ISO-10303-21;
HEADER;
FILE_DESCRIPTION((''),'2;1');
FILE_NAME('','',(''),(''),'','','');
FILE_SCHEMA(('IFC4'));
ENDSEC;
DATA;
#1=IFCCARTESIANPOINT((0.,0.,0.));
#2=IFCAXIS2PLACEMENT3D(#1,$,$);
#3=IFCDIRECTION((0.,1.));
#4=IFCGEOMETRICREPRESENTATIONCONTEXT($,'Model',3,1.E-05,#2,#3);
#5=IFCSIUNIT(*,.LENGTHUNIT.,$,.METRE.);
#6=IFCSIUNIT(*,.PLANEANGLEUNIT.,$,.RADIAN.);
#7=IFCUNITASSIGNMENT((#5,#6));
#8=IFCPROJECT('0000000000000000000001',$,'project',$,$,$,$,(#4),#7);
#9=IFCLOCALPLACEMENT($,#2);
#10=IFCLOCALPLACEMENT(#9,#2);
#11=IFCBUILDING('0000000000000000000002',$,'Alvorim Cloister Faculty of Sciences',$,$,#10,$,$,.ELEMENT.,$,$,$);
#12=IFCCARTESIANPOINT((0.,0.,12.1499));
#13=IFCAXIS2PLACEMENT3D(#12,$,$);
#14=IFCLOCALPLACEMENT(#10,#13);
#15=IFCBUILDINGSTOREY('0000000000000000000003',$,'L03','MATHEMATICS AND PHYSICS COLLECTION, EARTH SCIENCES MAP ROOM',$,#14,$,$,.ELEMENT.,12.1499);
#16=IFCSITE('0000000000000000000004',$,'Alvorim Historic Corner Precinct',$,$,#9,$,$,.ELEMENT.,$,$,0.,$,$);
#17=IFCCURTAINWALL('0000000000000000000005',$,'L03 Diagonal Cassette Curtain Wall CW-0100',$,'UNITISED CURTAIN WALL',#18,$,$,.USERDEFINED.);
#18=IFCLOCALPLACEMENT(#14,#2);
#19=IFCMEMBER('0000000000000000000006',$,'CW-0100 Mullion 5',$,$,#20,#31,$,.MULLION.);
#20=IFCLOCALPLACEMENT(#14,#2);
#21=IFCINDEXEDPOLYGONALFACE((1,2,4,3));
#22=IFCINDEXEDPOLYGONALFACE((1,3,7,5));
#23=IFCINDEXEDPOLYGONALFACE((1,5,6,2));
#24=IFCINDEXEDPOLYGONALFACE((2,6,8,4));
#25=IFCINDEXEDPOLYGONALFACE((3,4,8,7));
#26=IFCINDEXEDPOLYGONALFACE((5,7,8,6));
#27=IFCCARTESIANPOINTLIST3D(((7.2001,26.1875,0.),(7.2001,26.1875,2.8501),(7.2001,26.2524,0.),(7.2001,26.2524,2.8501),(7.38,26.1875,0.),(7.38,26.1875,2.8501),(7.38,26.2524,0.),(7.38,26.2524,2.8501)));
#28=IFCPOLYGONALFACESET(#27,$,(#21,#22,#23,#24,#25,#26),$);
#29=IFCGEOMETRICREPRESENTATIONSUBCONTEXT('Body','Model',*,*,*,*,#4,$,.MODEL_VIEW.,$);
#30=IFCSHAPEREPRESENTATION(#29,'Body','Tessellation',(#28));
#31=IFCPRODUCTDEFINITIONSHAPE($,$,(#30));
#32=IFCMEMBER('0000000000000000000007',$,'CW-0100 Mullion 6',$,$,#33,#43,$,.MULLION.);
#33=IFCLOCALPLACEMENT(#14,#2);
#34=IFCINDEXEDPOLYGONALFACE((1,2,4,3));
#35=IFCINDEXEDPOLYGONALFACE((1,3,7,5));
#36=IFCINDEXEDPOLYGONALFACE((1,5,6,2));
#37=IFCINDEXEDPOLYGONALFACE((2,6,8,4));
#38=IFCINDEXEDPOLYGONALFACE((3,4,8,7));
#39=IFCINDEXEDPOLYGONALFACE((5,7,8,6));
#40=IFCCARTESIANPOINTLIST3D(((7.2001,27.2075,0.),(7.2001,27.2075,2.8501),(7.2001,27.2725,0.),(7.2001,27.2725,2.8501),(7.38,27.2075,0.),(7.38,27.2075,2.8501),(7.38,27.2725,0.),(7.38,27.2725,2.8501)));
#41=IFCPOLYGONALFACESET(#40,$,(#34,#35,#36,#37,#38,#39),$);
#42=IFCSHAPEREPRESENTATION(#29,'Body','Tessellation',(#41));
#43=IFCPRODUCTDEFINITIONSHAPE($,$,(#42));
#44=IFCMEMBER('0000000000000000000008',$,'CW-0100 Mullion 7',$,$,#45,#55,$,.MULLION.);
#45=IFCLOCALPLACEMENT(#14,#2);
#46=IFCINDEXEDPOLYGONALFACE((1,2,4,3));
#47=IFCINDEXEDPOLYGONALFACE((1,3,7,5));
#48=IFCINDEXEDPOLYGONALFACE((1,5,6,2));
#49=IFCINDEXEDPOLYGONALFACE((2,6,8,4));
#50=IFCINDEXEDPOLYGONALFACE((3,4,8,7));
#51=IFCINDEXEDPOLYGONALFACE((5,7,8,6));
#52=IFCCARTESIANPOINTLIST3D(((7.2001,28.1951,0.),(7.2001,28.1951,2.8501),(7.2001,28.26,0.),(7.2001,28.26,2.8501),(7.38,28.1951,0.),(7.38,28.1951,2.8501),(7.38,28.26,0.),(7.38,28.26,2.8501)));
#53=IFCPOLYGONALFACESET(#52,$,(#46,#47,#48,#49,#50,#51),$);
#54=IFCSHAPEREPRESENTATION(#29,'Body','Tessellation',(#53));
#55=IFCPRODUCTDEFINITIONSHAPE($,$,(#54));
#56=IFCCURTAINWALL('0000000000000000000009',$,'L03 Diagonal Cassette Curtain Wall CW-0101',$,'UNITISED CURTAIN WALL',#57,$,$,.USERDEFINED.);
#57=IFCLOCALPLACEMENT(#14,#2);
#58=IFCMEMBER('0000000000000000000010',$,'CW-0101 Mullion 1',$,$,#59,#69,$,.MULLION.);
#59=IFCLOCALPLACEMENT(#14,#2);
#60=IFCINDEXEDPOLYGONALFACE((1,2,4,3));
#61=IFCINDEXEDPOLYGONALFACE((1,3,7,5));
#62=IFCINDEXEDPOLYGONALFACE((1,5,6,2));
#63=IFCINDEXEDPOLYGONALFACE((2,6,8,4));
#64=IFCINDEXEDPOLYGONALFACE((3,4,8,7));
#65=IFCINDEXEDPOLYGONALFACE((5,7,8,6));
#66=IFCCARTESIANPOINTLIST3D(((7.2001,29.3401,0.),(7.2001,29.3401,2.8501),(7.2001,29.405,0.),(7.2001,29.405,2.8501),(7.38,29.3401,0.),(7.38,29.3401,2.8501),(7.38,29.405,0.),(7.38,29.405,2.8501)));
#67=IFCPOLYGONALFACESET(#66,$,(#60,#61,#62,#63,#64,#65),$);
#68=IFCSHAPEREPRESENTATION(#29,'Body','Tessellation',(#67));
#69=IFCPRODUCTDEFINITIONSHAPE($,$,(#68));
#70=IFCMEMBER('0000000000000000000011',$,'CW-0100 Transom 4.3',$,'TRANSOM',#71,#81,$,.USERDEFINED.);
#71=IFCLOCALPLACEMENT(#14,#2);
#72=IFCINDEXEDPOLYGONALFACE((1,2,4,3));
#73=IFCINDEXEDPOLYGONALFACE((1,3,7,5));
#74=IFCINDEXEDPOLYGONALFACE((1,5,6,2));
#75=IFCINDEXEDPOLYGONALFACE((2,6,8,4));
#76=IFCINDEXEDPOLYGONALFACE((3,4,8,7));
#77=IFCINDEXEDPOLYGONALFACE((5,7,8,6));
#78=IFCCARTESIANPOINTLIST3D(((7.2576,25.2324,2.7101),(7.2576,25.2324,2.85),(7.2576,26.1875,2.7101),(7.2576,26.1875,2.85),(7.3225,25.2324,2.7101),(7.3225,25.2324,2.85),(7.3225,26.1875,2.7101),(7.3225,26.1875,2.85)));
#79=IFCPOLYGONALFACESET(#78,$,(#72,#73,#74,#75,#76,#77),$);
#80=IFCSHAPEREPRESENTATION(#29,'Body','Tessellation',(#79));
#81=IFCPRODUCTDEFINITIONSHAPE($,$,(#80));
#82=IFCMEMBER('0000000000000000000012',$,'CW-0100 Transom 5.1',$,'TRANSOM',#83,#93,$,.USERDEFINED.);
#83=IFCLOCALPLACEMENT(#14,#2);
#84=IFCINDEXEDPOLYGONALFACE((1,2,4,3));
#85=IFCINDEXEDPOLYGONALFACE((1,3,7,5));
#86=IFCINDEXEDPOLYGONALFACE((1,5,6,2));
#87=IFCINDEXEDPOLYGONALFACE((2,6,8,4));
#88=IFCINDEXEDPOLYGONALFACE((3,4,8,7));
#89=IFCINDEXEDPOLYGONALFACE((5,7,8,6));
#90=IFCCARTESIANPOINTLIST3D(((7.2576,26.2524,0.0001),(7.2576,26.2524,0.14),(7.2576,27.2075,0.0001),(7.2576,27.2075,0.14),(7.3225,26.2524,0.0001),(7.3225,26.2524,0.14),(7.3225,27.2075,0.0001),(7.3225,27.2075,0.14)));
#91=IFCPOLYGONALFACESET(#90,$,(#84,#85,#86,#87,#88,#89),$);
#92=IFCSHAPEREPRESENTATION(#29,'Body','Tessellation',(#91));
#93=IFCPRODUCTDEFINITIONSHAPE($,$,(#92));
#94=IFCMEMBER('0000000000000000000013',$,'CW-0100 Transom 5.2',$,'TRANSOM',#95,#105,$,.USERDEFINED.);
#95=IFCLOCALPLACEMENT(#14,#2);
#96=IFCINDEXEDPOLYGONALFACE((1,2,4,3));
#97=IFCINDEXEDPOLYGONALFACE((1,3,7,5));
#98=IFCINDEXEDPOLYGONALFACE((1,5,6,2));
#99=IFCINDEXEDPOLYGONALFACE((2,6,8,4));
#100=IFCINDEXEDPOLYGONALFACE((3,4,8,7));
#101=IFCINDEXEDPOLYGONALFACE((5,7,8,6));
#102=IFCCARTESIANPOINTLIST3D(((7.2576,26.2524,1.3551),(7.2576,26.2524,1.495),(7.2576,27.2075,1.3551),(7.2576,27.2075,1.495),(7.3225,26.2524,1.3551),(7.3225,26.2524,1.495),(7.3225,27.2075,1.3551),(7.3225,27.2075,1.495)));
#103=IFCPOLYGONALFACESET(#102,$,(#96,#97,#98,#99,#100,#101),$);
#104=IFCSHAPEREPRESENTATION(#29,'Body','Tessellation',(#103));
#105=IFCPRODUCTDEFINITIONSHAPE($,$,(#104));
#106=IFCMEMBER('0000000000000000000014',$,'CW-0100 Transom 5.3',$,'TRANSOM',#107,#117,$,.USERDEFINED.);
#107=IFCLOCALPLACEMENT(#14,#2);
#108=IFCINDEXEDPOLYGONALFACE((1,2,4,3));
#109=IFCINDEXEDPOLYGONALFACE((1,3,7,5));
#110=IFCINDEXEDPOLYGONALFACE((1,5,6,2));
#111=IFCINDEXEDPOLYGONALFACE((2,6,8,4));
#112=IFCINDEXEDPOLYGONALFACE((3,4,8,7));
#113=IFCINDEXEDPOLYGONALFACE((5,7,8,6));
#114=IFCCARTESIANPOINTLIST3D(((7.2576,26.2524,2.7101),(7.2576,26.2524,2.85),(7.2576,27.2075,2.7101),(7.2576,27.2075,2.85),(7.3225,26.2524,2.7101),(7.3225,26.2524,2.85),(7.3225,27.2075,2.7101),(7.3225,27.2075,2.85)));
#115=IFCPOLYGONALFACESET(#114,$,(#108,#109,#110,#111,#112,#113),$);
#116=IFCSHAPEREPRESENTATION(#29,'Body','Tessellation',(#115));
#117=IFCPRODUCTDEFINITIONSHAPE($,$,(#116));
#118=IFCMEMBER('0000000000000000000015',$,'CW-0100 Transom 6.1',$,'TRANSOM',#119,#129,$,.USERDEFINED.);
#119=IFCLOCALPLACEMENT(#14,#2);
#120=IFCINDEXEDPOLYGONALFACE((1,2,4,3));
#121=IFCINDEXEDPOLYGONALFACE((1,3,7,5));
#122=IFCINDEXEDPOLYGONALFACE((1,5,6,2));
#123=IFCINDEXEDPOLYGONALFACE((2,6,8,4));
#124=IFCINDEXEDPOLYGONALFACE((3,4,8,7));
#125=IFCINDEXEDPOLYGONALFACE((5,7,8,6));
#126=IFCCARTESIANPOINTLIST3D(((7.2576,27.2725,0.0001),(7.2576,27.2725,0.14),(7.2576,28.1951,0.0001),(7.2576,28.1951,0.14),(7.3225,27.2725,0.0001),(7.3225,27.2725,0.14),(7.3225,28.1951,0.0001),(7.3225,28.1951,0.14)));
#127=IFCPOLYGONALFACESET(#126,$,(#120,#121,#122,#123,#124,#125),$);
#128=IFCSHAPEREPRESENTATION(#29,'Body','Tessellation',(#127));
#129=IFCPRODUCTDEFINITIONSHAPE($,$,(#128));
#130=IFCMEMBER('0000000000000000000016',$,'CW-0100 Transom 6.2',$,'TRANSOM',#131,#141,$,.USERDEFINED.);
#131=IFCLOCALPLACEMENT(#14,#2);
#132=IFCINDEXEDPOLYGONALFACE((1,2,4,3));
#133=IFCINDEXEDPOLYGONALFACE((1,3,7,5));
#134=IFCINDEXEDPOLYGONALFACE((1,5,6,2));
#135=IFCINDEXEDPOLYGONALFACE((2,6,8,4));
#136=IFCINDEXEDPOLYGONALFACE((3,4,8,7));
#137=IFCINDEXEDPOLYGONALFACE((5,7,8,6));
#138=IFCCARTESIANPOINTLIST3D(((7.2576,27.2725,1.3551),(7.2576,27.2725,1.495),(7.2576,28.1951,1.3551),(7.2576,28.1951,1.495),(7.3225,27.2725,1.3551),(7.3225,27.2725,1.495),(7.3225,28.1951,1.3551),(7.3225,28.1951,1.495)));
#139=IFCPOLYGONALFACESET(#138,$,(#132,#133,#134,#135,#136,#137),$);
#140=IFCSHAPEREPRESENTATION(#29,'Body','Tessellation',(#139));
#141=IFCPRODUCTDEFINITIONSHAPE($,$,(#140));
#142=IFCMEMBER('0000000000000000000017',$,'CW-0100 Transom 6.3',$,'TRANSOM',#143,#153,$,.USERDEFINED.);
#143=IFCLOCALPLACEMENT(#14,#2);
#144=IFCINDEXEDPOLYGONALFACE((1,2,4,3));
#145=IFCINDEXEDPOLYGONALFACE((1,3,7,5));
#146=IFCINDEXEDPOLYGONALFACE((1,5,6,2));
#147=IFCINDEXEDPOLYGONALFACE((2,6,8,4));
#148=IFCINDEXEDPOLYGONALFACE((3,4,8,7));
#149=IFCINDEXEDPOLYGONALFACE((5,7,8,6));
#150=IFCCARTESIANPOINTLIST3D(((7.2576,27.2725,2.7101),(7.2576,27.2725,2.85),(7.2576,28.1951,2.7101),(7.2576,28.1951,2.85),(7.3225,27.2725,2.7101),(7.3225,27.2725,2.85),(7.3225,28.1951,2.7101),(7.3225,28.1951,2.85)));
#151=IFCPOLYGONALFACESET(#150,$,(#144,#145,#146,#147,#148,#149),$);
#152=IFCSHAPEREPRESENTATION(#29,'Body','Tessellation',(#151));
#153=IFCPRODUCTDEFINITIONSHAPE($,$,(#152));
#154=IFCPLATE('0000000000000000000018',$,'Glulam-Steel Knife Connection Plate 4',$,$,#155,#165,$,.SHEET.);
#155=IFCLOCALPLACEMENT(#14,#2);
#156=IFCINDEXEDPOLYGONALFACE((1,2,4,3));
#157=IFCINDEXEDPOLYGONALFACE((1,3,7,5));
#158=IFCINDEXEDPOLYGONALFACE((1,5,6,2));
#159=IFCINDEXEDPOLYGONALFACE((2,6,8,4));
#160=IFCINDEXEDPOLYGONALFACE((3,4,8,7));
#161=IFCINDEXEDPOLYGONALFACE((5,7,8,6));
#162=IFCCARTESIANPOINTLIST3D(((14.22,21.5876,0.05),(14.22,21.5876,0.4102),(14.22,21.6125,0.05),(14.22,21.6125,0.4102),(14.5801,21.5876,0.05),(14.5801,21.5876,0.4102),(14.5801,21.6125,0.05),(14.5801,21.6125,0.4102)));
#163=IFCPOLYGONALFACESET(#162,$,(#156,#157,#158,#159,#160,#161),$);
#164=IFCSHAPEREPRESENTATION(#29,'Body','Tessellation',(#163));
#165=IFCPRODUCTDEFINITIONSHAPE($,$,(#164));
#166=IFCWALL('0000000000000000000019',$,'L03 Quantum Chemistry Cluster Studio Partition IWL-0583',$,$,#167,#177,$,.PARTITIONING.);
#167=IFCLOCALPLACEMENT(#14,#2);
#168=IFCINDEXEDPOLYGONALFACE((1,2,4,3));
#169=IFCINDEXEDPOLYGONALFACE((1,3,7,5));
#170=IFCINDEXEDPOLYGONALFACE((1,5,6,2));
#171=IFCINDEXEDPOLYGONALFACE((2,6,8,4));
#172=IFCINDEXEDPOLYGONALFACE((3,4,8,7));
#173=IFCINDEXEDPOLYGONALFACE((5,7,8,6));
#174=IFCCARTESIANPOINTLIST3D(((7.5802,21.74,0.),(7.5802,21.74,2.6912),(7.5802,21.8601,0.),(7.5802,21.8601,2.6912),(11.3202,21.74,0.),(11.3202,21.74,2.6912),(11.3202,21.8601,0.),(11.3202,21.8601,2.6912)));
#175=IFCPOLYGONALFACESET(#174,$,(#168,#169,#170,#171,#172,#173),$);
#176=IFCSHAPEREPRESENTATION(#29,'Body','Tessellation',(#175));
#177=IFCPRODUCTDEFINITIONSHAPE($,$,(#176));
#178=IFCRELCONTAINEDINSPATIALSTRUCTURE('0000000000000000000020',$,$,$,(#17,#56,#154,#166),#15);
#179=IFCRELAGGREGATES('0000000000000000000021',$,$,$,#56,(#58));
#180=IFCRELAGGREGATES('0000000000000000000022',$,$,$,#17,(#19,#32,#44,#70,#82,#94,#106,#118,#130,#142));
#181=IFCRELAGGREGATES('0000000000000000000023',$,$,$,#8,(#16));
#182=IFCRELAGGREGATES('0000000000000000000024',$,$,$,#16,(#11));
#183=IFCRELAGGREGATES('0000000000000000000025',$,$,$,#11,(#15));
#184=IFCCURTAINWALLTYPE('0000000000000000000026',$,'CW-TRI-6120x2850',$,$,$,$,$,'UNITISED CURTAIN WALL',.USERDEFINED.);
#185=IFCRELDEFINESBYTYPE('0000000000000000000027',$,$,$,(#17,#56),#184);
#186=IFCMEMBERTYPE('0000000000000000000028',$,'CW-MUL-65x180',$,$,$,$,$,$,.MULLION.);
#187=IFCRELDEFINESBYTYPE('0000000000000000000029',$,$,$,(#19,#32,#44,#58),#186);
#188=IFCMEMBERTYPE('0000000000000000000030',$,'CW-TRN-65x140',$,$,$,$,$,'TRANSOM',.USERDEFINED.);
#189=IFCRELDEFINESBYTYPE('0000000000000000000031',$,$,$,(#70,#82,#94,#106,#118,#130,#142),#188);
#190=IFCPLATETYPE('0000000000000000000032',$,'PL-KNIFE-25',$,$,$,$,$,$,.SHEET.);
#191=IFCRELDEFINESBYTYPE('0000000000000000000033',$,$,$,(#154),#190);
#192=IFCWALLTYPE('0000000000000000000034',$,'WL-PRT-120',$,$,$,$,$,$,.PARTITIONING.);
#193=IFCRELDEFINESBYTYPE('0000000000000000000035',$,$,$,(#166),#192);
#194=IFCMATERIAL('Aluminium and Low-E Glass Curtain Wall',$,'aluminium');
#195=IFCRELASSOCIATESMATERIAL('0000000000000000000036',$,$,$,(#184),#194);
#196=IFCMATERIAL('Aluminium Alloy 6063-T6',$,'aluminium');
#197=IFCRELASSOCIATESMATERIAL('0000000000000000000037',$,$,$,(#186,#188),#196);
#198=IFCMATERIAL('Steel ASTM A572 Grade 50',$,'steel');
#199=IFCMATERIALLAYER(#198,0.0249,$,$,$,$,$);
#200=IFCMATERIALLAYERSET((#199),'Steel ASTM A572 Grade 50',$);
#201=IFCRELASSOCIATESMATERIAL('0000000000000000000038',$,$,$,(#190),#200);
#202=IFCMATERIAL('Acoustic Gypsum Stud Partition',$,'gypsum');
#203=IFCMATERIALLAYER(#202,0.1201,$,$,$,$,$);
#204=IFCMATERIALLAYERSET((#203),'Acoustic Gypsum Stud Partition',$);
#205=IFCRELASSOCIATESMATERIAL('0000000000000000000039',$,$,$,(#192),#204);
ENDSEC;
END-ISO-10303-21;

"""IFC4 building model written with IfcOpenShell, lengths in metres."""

from ifc_helpers import new_model, si_unit, direction, frame, frame_2d, origin, origin_2d, place, context, subcontext, project, spatial, polyline, rectangle, outline, extrude, material, layer, layer_set, material_profile, profile_set, type_object, element, aggregate, save


model = new_model("IFC4")

# Units and contexts
model_context = context("Model", 3, precision=1e-05, world=origin(), true_north=direction((0.0, 1.0)))
body_context = subcontext(model_context, "Body", "Model", "MODEL_VIEW")
ifc_project = project(units=[si_unit("LENGTHUNIT", "METRE"), si_unit("PLANEANGLEUNIT", "RADIAN")], contexts=[model_context])

# Site, building, storey
site_placement = place(None, origin())
site = spatial("IfcSite", under=ifc_project, at=site_placement, Name="Alvorim Historic Corner Precinct", CompositionType="ELEMENT", RefElevation=0.0)
building_placement = place(site_placement, origin())
building = spatial("IfcBuilding", under=site, at=building_placement, Name="Alvorim Cloister Faculty of Sciences", CompositionType="ELEMENT")
storey_placement = place(building_placement, frame((0.0, 0.0, 12.1499)))
storey = spatial("IfcBuildingStorey", under=building, at=storey_placement, Name="L03", Description="MATHEMATICS AND PHYSICS COLLECTION, EARTH SCIENCES MAP ROOM", CompositionType="ELEMENT", Elevation=12.1499)

# Shared definitions
ifc_material_1 = material(Name="Steel ASTM A572 Grade 50", Category="steel")

# Curtain wall, members
ifc_material_2 = material(Name="Aluminium and Low-E Glass Curtain Wall", Category="aluminium")
curtain_wall_type = type_object("IfcCurtainWallType", Name="CW-TRI-6120x2850", ElementType="UNITISED CURTAIN WALL", PredefinedType="USERDEFINED", material=ifc_material_2)
curtain_wall_1_placement = place(storey_placement, origin())
curtain_wall_1 = element("IfcCurtainWall", 1, at=curtain_wall_1_placement, inside=storey, type_object=curtain_wall_type, Name="L03 Diagonal Cassette Curtain Wall CW-0100", ObjectType="UNITISED CURTAIN WALL", PredefinedType="USERDEFINED")
ifc_material_3 = material(Name="Aluminium Alloy 6063-T6", Category="aluminium")
ifc_material_profile_1 = material_profile(ifc_material_3, rectangle(XDim=0.0649, YDim=0.1799, at=origin_2d()), Name="ALU-MUL-65x180")
ifc_profile_set_1 = profile_set([ifc_material_profile_1], Name="Aluminium Alloy 6063-T6")
member_type_1 = type_object("IfcMemberType", Name="CW-MUL-65x180", PredefinedType="MULLION", material=ifc_profile_set_1)
member_1_placement = place(storey_placement, frame((7.29, 26.22, 0.0), z_axis=(0.0, 0.0, 1.0), x_axis=(0.0, 1.0, 0.0)))
member_1 = element("IfcMember", 2, at=member_1_placement, type_object=member_type_1, Name="CW-0100 Mullion 5", PredefinedType="MULLION", context=body_context, shape_type="SweptSolid", body=[
    extrude(rectangle(XDim=0.0649, YDim=0.1799, at=origin_2d()), origin(), (0.0, 0.0, 1.0), 2.8501),
])
member_2_placement = place(storey_placement, frame((7.29, 27.24, 0.0), z_axis=(0.0, 0.0, 1.0), x_axis=(0.0, 1.0, 0.0)))
member_2 = element("IfcMember", 3, at=member_2_placement, type_object=member_type_1, Name="CW-0100 Mullion 6", PredefinedType="MULLION", context=body_context, shape_type="SweptSolid", body=[
    extrude(rectangle(XDim=0.0649, YDim=0.1799, at=origin_2d()), origin(), (0.0, 0.0, 1.0), 2.8501),
])
member_3_placement = place(storey_placement, frame((7.29, 28.2275, 0.0), z_axis=(0.0, 0.0, 1.0), x_axis=(0.0, 1.0, 0.0)))
member_3 = element("IfcMember", 4, at=member_3_placement, type_object=member_type_1, Name="CW-0100 Mullion 7", PredefinedType="MULLION", context=body_context, shape_type="SweptSolid", body=[
    extrude(rectangle(XDim=0.0649, YDim=0.1799, at=origin_2d()), origin(), (0.0, 0.0, 1.0), 2.8501),
])

# Curtain wall, member
curtain_wall_2_placement = place(storey_placement, origin())
curtain_wall_2 = element("IfcCurtainWall", 5, at=curtain_wall_2_placement, inside=storey, type_object=curtain_wall_type, Name="L03 Diagonal Cassette Curtain Wall CW-0101", ObjectType="UNITISED CURTAIN WALL", PredefinedType="USERDEFINED")
member_4_placement = place(storey_placement, frame((7.29, 29.3726, 0.0), z_axis=(0.0, 0.0, 1.0), x_axis=(0.0, 1.0, 0.0)))
member_4 = element("IfcMember", 6, at=member_4_placement, type_object=member_type_1, Name="CW-0101 Mullion 1", PredefinedType="MULLION", context=body_context, shape_type="SweptSolid", body=[
    extrude(rectangle(XDim=0.0649, YDim=0.1799, at=origin_2d()), origin(), (0.0, 0.0, 1.0), 2.8501),
])
aggregate(curtain_wall_2, [member_4])

# Members
ifc_material_profile_2 = material_profile(ifc_material_3, rectangle(XDim=0.0649, YDim=0.1399, at=origin_2d()), Name="ALU-TRN-65x140")
ifc_profile_set_2 = profile_set([ifc_material_profile_2], Name="Aluminium Alloy 6063-T6")
member_type_2 = type_object("IfcMemberType", Name="CW-TRN-65x140", ElementType="TRANSOM", PredefinedType="USERDEFINED", material=ifc_profile_set_2)
member_5_placement = place(storey_placement, frame((7.29, 25.2324, 2.78), z_axis=(0.0, 1.0, 0.0), x_axis=(-1.0, 0.0, 0.0)))
member_5 = element("IfcMember", 7, at=member_5_placement, type_object=member_type_2, Name="CW-0100 Transom 4.3", ObjectType="TRANSOM", PredefinedType="USERDEFINED", context=body_context, shape_type="SweptSolid", body=[
    extrude(rectangle(XDim=0.0649, YDim=0.1399, at=origin_2d()), origin(), (0.0, 0.0, 1.0), 0.9551),
])
member_6_placement = place(storey_placement, frame((7.29, 26.2524, 0.0701), z_axis=(0.0, 1.0, 0.0), x_axis=(-1.0, 0.0, 0.0)))
member_6 = element("IfcMember", 8, at=member_6_placement, type_object=member_type_2, Name="CW-0100 Transom 5.1", ObjectType="TRANSOM", PredefinedType="USERDEFINED", context=body_context, shape_type="SweptSolid", body=[
    extrude(rectangle(XDim=0.0649, YDim=0.1399, at=origin_2d()), origin(), (0.0, 0.0, 1.0), 0.9551),
])
member_7_placement = place(storey_placement, frame((7.29, 26.2524, 1.425), z_axis=(0.0, 1.0, 0.0), x_axis=(-1.0, 0.0, 0.0)))
member_7 = element("IfcMember", 9, at=member_7_placement, type_object=member_type_2, Name="CW-0100 Transom 5.2", ObjectType="TRANSOM", PredefinedType="USERDEFINED", context=body_context, shape_type="SweptSolid", body=[
    extrude(rectangle(XDim=0.0649, YDim=0.1399, at=origin_2d()), origin(), (0.0, 0.0, 1.0), 0.9551),
])
member_8_placement = place(storey_placement, frame((7.29, 26.2524, 2.78), z_axis=(0.0, 1.0, 0.0), x_axis=(-1.0, 0.0, 0.0)))
member_8 = element("IfcMember", 10, at=member_8_placement, type_object=member_type_2, Name="CW-0100 Transom 5.3", ObjectType="TRANSOM", PredefinedType="USERDEFINED", context=body_context, shape_type="SweptSolid", body=[
    extrude(rectangle(XDim=0.0649, YDim=0.1399, at=origin_2d()), origin(), (0.0, 0.0, 1.0), 0.9551),
])
member_9_placement = place(storey_placement, frame((7.29, 27.2725, 0.0701), z_axis=(0.0, 1.0, 0.0), x_axis=(-1.0, 0.0, 0.0)))
member_9 = element("IfcMember", 11, at=member_9_placement, type_object=member_type_2, Name="CW-0100 Transom 6.1", ObjectType="TRANSOM", PredefinedType="USERDEFINED", context=body_context, shape_type="SweptSolid", body=[
    extrude(rectangle(XDim=0.0649, YDim=0.1399, at=origin_2d()), origin(), (0.0, 0.0, 1.0), 0.9226),
])
member_10_placement = place(storey_placement, frame((7.29, 27.2725, 1.425), z_axis=(0.0, 1.0, 0.0), x_axis=(-1.0, 0.0, 0.0)))
member_10 = element("IfcMember", 12, at=member_10_placement, type_object=member_type_2, Name="CW-0100 Transom 6.2", ObjectType="TRANSOM", PredefinedType="USERDEFINED", context=body_context, shape_type="SweptSolid", body=[
    extrude(rectangle(XDim=0.0649, YDim=0.1399, at=origin_2d()), origin(), (0.0, 0.0, 1.0), 0.9226),
])
member_11_placement = place(storey_placement, frame((7.29, 27.2725, 2.78), z_axis=(0.0, 1.0, 0.0), x_axis=(-1.0, 0.0, 0.0)))
member_11 = element("IfcMember", 13, at=member_11_placement, type_object=member_type_2, Name="CW-0100 Transom 6.3", ObjectType="TRANSOM", PredefinedType="USERDEFINED", context=body_context, shape_type="SweptSolid", body=[
    extrude(rectangle(XDim=0.0649, YDim=0.1399, at=origin_2d()), origin(), (0.0, 0.0, 1.0), 0.9226),
])
aggregate(curtain_wall_1, [member_1, member_2, member_3, member_5, member_6, member_7, member_8, member_9, member_10, member_11])

# Plate
ifc_layer_1 = layer(ifc_material_1, 0.0249)
ifc_layer_set_1 = layer_set([ifc_layer_1], Name="Steel ASTM A572 Grade 50")
plate_type = type_object("IfcPlateType", Name="PL-KNIFE-25", PredefinedType="SHEET", material=ifc_layer_set_1)
plate_placement = place(storey_placement, frame((14.22, 21.6001, 0.05), z_axis=(0.0, 0.0, 1.0), x_axis=(1.0, 0.0, 0.0)))
element("IfcPlate", 14, at=plate_placement, inside=storey, type_object=plate_type, Name="Glulam-Steel Knife Connection Plate 4", PredefinedType="SHEET", context=body_context, shape_type="SweptSolid", body=[
    extrude(outline(polyline([(0.0, 0.0), (0.3601, 0.0), (0.3601, 0.3601), (0.0, 0.3601), (0.0, 0.0)])), frame((0.0, 0.0125, 0.0), z_axis=(0.0, -1.0, 0.0), x_axis=(1.0, 0.0, 0.0)), (0.0, 0.0, 1.0), 0.0249),
])

# Wall
ifc_material_4 = material(Name="Acoustic Gypsum Stud Partition", Category="gypsum")
ifc_layer_2 = layer(ifc_material_4, 0.1201)
ifc_layer_set_2 = layer_set([ifc_layer_2], Name="Acoustic Gypsum Stud Partition")
wall_type_1 = type_object("IfcWallType", Name="WL-PRT-120", PredefinedType="PARTITIONING", material=ifc_layer_set_2)
wall_1_placement = place(storey_placement, frame((7.5801, 21.8, 0.0), z_axis=(0.0, 0.0, 1.0), x_axis=(1.0, 0.0, 0.0)))
element("IfcWall", 15, at=wall_1_placement, inside=storey, type_object=wall_type_1, Name="L03 Quantum Chemistry Cluster Studio Partition IWL-0583", PredefinedType="PARTITIONING", context=body_context, shape_type="SweptSolid", body=[
    extrude(rectangle(XDim=3.74, YDim=0.1201, at=frame_2d((1.8701, 0.0))), origin(), (0.0, 0.0, 1.0), 2.6912),
])

save(model, "model.ifc")
